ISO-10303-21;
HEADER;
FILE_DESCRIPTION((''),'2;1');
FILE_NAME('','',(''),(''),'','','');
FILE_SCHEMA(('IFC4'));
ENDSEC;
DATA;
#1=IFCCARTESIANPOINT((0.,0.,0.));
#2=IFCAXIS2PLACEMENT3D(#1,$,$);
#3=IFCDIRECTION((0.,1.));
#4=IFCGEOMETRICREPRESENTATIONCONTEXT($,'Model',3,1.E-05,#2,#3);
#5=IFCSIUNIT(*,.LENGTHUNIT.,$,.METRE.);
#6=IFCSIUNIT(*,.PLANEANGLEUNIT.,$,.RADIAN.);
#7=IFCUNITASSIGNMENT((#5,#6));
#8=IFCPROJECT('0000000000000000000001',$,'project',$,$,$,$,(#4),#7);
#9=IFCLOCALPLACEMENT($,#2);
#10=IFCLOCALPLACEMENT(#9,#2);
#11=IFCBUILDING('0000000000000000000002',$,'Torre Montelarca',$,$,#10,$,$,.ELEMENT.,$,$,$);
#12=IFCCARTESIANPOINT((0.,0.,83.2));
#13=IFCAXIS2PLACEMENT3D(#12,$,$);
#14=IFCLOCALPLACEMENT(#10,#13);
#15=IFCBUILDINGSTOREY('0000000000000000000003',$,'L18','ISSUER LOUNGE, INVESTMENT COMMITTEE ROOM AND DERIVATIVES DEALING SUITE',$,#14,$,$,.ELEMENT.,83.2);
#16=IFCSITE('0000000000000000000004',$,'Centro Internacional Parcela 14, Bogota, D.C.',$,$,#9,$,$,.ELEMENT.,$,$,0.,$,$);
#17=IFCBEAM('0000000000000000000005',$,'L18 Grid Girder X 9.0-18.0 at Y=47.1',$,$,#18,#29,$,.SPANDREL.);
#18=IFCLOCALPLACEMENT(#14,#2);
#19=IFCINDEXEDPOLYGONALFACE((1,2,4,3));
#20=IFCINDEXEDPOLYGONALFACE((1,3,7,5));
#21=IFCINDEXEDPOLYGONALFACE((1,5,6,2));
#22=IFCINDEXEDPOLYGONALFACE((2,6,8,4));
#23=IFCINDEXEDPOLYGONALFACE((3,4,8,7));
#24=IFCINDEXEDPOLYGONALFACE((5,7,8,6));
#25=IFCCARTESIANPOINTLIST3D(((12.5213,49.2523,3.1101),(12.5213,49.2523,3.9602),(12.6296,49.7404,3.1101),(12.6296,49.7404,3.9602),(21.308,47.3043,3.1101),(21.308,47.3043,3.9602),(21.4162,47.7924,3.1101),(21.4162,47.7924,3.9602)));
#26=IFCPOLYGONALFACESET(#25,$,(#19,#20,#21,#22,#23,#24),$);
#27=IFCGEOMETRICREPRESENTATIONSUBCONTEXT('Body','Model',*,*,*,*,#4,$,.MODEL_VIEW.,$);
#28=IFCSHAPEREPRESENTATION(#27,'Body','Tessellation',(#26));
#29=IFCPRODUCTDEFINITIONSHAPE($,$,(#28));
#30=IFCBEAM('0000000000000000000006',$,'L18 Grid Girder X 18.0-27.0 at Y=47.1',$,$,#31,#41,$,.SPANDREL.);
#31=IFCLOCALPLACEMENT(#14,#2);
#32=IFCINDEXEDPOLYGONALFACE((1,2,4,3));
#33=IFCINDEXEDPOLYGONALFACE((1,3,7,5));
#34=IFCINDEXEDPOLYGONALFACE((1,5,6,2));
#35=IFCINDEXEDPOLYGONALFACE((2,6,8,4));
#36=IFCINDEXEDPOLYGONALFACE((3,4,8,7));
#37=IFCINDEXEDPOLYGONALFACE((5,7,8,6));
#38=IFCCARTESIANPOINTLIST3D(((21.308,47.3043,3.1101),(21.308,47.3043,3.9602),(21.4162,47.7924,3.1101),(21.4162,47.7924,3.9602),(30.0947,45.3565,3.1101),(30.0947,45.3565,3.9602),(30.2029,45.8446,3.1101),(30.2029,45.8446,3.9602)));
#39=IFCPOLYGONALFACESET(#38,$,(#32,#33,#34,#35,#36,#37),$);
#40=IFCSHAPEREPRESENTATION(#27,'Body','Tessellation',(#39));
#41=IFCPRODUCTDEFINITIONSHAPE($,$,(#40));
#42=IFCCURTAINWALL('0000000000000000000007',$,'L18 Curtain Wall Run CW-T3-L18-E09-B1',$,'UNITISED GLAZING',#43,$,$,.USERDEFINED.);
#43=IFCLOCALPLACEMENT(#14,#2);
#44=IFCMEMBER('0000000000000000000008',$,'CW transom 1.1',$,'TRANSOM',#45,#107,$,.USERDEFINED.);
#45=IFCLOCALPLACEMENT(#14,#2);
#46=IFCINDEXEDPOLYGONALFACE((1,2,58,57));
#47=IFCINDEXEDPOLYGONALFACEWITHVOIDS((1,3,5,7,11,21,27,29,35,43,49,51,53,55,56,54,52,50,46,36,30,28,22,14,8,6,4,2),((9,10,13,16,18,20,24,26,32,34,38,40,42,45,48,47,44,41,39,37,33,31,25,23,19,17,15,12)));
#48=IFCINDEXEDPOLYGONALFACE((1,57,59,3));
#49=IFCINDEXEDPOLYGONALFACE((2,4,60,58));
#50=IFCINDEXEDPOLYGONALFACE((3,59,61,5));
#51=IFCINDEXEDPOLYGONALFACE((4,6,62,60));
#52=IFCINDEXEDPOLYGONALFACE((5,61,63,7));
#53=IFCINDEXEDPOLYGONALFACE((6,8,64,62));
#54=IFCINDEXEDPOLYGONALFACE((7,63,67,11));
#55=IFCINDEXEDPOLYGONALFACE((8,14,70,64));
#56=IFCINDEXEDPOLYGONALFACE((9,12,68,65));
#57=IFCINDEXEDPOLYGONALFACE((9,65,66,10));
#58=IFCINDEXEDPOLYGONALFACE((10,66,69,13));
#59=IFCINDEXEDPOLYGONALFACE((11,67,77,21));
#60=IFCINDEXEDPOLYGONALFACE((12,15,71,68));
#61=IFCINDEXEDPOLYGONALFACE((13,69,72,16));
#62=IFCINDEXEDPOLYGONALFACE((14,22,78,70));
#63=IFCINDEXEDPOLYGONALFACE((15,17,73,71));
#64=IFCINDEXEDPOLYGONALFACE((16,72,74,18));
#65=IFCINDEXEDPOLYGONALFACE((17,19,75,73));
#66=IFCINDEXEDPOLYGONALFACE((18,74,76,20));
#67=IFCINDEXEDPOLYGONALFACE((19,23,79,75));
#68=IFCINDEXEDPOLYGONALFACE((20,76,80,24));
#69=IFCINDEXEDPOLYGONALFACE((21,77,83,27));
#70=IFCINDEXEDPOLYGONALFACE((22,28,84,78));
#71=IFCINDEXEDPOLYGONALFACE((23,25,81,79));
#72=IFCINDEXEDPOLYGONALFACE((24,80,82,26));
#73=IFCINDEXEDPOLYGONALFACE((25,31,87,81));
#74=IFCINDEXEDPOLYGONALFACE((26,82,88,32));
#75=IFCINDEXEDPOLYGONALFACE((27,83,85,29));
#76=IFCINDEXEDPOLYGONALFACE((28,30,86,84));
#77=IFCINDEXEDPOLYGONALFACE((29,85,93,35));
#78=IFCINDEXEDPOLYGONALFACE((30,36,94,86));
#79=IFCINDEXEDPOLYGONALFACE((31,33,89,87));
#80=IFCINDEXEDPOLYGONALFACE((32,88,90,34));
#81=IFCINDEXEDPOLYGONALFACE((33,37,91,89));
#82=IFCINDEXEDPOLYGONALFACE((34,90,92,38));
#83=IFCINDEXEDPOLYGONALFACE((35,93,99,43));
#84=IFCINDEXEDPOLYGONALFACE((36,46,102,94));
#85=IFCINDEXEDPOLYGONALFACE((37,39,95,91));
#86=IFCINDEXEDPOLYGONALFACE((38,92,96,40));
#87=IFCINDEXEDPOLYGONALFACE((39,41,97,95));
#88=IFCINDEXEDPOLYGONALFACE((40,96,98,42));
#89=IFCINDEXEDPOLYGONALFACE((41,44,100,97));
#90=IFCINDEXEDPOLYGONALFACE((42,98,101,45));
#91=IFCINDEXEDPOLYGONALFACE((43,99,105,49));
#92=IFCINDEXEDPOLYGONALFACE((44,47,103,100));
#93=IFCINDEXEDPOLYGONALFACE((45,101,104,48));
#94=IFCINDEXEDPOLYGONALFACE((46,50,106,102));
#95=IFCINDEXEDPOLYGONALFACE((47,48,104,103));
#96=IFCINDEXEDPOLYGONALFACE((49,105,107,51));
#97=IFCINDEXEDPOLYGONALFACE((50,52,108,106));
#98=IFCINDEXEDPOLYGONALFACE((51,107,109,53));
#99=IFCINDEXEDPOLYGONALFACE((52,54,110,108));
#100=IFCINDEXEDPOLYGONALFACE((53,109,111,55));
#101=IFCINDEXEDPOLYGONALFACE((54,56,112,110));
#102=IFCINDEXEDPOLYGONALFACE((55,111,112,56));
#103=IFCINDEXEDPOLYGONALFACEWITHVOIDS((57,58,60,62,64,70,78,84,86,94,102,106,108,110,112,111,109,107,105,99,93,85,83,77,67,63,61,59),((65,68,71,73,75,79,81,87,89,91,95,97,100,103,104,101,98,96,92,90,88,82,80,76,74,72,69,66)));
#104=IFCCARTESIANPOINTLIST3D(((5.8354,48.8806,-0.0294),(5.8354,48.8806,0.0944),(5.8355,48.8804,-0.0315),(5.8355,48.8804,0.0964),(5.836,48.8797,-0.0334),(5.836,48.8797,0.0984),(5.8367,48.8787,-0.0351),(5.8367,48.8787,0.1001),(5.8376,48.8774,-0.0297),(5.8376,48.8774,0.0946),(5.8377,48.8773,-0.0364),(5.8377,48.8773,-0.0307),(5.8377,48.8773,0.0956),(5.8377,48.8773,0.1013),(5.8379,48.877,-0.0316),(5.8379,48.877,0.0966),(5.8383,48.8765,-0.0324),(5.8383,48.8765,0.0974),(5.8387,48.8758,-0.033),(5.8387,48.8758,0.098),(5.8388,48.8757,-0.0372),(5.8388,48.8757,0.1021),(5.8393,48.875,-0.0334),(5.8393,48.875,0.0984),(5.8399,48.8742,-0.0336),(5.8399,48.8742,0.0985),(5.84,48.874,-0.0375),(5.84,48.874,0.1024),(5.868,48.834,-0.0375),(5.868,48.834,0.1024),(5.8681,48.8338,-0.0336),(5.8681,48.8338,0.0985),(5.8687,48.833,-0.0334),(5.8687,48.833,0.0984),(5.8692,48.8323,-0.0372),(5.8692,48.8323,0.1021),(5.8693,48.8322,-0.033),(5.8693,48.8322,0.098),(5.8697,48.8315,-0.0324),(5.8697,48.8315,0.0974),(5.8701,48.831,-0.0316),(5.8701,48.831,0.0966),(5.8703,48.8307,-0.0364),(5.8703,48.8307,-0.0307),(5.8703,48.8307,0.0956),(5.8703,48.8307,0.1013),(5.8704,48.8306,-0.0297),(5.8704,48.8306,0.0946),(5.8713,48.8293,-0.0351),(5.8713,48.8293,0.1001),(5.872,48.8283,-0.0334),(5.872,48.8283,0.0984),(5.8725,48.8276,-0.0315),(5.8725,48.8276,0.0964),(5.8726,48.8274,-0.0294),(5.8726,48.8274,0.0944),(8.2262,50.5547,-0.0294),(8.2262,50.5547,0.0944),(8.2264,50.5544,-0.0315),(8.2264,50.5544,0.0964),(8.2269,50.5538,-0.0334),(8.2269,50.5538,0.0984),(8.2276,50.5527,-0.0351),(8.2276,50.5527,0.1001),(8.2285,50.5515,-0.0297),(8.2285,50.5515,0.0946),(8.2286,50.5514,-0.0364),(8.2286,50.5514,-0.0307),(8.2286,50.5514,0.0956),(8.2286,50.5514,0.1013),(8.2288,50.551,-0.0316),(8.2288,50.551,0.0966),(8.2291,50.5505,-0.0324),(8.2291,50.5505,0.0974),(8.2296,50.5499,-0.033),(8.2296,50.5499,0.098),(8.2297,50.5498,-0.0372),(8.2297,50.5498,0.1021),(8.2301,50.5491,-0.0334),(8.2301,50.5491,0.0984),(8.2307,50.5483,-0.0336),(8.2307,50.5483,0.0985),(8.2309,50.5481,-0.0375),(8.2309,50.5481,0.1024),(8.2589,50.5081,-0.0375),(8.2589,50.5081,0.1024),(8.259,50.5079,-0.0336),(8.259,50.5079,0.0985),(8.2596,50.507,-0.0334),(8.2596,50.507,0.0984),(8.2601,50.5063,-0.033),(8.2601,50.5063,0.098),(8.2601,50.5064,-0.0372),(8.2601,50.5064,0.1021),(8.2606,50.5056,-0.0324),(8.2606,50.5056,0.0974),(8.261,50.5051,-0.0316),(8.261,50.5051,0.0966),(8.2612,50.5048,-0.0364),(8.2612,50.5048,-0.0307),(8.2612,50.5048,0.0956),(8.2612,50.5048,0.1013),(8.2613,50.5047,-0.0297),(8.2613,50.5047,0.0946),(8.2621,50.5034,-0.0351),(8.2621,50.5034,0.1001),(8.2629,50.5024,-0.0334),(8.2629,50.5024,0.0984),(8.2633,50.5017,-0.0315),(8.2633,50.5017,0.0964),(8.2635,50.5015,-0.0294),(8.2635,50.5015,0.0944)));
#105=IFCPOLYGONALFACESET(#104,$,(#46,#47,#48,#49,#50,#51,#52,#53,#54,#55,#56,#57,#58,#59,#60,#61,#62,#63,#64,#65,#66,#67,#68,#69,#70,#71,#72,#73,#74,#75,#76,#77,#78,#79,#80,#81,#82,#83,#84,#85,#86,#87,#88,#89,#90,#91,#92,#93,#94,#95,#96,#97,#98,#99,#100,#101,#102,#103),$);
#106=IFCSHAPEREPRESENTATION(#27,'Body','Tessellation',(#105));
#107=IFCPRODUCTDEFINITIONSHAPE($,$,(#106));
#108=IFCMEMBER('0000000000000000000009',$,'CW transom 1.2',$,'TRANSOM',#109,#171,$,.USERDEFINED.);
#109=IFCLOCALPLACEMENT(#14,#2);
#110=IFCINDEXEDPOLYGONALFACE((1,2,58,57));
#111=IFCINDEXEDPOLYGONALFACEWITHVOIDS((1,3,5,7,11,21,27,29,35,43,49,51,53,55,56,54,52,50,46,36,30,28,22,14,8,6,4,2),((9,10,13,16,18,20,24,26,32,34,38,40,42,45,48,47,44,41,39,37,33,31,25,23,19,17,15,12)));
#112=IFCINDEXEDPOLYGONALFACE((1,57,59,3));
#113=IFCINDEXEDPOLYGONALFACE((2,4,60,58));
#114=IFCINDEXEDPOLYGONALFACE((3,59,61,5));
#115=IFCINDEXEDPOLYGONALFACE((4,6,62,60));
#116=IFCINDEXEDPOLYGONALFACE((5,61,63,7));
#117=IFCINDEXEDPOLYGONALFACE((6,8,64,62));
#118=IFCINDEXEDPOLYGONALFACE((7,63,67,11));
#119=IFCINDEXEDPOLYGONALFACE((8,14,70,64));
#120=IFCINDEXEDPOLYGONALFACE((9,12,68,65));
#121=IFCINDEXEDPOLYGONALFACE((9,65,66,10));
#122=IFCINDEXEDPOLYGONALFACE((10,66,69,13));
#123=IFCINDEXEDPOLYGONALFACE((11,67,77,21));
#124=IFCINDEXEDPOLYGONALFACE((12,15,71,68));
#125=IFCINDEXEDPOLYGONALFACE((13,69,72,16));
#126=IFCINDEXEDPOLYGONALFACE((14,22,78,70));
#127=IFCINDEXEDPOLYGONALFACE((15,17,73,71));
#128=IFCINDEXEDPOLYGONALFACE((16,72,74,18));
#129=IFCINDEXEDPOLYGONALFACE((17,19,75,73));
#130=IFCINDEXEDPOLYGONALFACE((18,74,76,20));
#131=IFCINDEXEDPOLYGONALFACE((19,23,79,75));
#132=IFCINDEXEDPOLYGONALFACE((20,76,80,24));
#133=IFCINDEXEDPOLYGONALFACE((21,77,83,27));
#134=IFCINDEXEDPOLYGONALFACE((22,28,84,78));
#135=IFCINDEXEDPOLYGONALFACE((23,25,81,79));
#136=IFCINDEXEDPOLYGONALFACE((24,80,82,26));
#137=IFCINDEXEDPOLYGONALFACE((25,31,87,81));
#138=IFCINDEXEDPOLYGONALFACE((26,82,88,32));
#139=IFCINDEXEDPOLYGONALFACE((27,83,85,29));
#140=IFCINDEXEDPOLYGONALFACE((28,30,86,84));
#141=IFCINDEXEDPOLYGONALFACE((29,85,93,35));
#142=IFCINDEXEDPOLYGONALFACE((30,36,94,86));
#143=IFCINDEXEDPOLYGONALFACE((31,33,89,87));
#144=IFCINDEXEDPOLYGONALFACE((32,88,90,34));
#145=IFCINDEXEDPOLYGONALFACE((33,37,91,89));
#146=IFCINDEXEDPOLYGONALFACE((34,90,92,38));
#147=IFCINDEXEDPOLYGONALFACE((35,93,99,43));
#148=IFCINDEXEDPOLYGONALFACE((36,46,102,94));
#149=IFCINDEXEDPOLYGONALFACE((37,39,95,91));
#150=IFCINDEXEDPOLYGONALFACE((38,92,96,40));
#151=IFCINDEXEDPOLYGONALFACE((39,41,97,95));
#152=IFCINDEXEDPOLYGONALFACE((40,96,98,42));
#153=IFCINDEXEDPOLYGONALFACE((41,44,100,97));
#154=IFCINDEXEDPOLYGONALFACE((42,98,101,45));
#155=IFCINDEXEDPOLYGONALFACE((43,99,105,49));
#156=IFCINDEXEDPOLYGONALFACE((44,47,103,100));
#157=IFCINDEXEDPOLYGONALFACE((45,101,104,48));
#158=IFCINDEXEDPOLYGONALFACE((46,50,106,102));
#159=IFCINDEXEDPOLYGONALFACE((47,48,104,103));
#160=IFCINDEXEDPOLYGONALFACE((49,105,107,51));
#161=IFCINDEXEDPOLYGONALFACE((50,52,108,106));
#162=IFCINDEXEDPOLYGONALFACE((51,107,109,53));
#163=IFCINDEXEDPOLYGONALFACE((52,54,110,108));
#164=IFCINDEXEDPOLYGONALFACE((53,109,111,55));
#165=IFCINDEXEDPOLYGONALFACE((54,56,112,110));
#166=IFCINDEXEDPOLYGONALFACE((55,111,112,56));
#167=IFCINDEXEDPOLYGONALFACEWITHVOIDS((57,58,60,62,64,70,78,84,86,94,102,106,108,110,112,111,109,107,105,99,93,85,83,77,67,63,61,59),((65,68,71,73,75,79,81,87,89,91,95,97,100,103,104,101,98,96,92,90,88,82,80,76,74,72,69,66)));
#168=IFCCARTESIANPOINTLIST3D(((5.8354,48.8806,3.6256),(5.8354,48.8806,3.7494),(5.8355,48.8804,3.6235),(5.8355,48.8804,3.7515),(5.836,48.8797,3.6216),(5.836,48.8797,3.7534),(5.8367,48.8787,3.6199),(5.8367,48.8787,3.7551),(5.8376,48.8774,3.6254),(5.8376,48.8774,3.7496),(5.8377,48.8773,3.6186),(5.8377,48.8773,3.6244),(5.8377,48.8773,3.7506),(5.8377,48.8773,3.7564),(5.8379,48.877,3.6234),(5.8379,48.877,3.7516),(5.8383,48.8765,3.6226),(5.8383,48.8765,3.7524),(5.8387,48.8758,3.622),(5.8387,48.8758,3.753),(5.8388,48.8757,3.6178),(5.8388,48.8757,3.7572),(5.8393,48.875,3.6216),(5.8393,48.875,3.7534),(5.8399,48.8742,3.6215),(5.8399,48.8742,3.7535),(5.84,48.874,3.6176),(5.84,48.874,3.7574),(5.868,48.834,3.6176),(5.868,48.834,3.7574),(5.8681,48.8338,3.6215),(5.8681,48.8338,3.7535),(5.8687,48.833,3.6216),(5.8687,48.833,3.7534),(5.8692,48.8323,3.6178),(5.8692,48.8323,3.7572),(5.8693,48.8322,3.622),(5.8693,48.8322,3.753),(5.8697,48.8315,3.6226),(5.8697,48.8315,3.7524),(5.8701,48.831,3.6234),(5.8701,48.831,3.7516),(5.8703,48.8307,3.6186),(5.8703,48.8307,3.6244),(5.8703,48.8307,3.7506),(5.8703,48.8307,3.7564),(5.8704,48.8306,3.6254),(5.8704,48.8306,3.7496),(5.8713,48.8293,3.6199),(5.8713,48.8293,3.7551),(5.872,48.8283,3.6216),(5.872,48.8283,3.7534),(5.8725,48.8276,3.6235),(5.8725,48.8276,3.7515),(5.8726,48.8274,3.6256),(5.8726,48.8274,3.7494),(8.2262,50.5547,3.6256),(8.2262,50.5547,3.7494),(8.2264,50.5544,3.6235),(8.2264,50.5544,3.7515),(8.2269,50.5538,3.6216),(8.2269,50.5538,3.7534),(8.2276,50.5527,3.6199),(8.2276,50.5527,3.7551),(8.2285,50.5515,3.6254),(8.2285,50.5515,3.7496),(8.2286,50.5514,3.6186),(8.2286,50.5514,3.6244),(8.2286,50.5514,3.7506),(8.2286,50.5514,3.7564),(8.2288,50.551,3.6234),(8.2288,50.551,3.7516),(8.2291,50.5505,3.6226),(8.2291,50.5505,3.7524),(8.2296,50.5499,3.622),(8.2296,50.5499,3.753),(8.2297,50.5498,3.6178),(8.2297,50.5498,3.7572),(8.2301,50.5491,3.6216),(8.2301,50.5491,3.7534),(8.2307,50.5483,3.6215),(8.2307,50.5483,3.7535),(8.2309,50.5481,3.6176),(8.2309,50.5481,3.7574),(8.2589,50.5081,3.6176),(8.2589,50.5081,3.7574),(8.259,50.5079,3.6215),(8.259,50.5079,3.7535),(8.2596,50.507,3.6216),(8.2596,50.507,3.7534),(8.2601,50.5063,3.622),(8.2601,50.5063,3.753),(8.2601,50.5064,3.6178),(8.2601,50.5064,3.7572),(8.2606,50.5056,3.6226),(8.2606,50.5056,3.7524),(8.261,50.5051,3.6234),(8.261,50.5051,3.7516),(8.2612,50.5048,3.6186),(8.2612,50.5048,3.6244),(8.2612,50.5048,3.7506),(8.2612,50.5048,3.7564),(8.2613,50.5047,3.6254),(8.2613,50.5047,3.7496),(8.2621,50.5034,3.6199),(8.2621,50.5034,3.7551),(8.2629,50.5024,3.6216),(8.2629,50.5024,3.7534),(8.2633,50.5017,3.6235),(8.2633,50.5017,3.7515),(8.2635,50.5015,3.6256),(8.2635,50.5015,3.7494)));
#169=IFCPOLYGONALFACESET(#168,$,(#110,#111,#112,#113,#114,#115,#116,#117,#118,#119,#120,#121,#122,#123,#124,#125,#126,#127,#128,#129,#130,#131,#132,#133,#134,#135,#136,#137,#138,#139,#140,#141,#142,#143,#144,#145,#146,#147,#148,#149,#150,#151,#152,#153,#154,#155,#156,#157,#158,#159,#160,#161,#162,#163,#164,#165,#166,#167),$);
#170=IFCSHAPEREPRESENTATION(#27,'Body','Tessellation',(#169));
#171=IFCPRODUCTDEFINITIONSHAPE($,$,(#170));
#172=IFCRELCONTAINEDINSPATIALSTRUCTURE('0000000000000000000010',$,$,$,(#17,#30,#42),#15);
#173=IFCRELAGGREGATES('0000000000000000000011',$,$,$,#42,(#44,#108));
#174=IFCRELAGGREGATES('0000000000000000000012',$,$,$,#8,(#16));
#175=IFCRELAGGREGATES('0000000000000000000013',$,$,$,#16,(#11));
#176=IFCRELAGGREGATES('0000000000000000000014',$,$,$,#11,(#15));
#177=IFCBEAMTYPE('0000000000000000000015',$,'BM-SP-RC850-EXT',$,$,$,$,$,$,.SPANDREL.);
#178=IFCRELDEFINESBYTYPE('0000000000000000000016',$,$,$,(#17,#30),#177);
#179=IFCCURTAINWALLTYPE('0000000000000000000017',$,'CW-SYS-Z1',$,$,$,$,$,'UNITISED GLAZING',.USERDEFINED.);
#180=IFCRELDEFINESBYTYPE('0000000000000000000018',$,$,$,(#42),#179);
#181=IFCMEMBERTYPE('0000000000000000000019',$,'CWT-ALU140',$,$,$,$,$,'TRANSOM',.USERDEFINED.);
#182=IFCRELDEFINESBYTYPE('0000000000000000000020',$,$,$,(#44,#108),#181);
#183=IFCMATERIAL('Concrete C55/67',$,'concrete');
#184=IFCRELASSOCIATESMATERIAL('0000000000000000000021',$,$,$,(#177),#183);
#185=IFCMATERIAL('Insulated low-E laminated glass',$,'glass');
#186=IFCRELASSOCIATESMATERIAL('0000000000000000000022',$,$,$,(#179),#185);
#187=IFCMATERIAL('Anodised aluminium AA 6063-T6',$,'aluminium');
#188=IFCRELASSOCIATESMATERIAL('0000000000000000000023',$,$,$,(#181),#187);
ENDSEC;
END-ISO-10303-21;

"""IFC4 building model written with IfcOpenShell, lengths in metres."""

from ifc_helpers import new_model, si_unit, direction, frame, origin, origin_2d, place, context, subcontext, project, spatial, rectangle, hollow_rectangle, extrude, source, transform, mapped, material, material_profile, profile_set, type_object, element, aggregate, save


model = new_model("IFC4")

# Units and contexts
model_context = context("Model", 3, precision=1e-05, world=origin(), true_north=direction((0.0, 1.0)))
body_context = subcontext(model_context, "Body", "Model", "MODEL_VIEW")
ifc_project = project(units=[si_unit("LENGTHUNIT", "METRE"), si_unit("PLANEANGLEUNIT", "RADIAN")], contexts=[model_context])

# Site, building, storey
site_placement = place(None, origin())
site = spatial("IfcSite", under=ifc_project, at=site_placement, Name="Centro Internacional Parcela 14, Bogota, D.C.", CompositionType="ELEMENT", RefElevation=0.0)
building_placement = place(site_placement, origin())
building = spatial("IfcBuilding", under=site, at=building_placement, Name="Torre Montelarca", CompositionType="ELEMENT")
storey_placement = place(building_placement, frame((0.0, 0.0, 83.2)))
storey = spatial("IfcBuildingStorey", under=building, at=storey_placement, Name="L18", Description="ISSUER LOUNGE, INVESTMENT COMMITTEE ROOM AND DERIVATIVES DEALING SUITE", CompositionType="ELEMENT", Elevation=83.2)

# Shared definitions
ifc_material_1 = material(Name="Concrete C55/67", Category="concrete")

# Beams
ifc_material_profile_1 = material_profile(ifc_material_1, rectangle(XDim=0.5, YDim=0.8501, at=origin_2d()), Name="RCB500X850", Category="concrete")
ifc_profile_set_1 = profile_set([ifc_material_profile_1], Name="Concrete C55/67")
beam_type = type_object("IfcBeamType", Name="BM-SP-RC850-EXT", PredefinedType="SPANDREL", material=ifc_profile_set_1)
shared_shape_1 = source(origin(), body_context, "Body", "SweptSolid", [
    extrude(rectangle(XDim=0.5, YDim=0.8501, at=origin_2d()), origin(), (0.0, 0.0, 1.0), 9.0),
])
for number, where, z_axis, x_axis, name in (
    (1, (12.5754, 49.4963, 3.5352), (0.976295, -0.216445, 0.0), (0.216445, 0.976295, 0.0), "L18 Grid Girder X 9.0-18.0 at Y=47.1"),
    (2, (21.3621, 47.5483, 3.5352), (0.976301, -0.216419, 0.0), (0.216419, 0.976301, 0.0), "L18 Grid Girder X 18.0-27.0 at Y=47.1"),
):
    element("IfcBeam", number, at=place(storey_placement, frame(where, z_axis=z_axis, x_axis=x_axis)), inside=storey, type_object=beam_type, Name=name, PredefinedType="SPANDREL", context=body_context, shape_type="MappedRepresentation", body=[
        mapped(shared_shape_1, transform((0.0, 0.0, 0.0), scale=1.0)),
    ])

# Curtain wall, members
ifc_material_2 = material(Name="Insulated low-E laminated glass", Category="glass")
curtain_wall_type = type_object("IfcCurtainWallType", Name="CW-SYS-Z1", ElementType="UNITISED GLAZING", PredefinedType="USERDEFINED", material=ifc_material_2)
curtain_wall_1_placement = place(storey_placement, origin())
curtain_wall_1 = element("IfcCurtainWall", 3, at=curtain_wall_1_placement, inside=storey, type_object=curtain_wall_type, Name="L18 Curtain Wall Run CW-T3-L18-E09-B1", ObjectType="UNITISED GLAZING", PredefinedType="USERDEFINED")
ifc_material_3 = material(Name="Anodised aluminium AA 6063-T6", Category="aluminium")
ifc_material_profile_2 = material_profile(ifc_material_3, hollow_rectangle(XDim=0.0649, YDim=0.1399, WallThickness=0.0039, InnerFilletRadius=0.0039, OuterFilletRadius=0.0081, at=origin_2d()), Name="ALU65X140X4", Category="aluminium")
ifc_profile_set_2 = profile_set([ifc_material_profile_2], Name="Anodised aluminium AA 6063-T6")
member_type_1 = type_object("IfcMemberType", Name="CWT-ALU140", ElementType="TRANSOM", PredefinedType="USERDEFINED", material=ifc_profile_set_2)
shared_shape_2 = source(origin(), body_context, "Body", "SweptSolid", [
    extrude(hollow_rectangle(XDim=0.0649, YDim=0.1399, WallThickness=0.0039, InnerFilletRadius=0.0039, OuterFilletRadius=0.0081, at=origin_2d()), origin(), (0.0, 0.0, 1.0), 2.9187),
])
member_1_placement = place(storey_placement, frame((8.2449, 50.5281, 0.0325), z_axis=(-0.819157, -0.573569, 0.0), x_axis=(0.573569, -0.819157, 0.0)))
member_1 = element("IfcMember", 4, at=member_1_placement, type_object=member_type_1, Name="CW transom 1.1", ObjectType="TRANSOM", PredefinedType="USERDEFINED", context=body_context, shape_type="MappedRepresentation", body=[
    mapped(shared_shape_2, transform((0.0, 0.0, 0.0), scale=1.0)),
])
member_2_placement = place(storey_placement, frame((8.2449, 50.5281, 3.6875), z_axis=(-0.819157, -0.573569, 0.0), x_axis=(0.573569, -0.819157, 0.0)))
member_2 = element("IfcMember", 5, at=member_2_placement, type_object=member_type_1, Name="CW transom 1.2", ObjectType="TRANSOM", PredefinedType="USERDEFINED", context=body_context, shape_type="MappedRepresentation", body=[
    mapped(shared_shape_2, transform((0.0, 0.0, 0.0), scale=1.0)),
])

aggregate(curtain_wall_1, [member_1, member_2])

save(model, "model.ifc")
